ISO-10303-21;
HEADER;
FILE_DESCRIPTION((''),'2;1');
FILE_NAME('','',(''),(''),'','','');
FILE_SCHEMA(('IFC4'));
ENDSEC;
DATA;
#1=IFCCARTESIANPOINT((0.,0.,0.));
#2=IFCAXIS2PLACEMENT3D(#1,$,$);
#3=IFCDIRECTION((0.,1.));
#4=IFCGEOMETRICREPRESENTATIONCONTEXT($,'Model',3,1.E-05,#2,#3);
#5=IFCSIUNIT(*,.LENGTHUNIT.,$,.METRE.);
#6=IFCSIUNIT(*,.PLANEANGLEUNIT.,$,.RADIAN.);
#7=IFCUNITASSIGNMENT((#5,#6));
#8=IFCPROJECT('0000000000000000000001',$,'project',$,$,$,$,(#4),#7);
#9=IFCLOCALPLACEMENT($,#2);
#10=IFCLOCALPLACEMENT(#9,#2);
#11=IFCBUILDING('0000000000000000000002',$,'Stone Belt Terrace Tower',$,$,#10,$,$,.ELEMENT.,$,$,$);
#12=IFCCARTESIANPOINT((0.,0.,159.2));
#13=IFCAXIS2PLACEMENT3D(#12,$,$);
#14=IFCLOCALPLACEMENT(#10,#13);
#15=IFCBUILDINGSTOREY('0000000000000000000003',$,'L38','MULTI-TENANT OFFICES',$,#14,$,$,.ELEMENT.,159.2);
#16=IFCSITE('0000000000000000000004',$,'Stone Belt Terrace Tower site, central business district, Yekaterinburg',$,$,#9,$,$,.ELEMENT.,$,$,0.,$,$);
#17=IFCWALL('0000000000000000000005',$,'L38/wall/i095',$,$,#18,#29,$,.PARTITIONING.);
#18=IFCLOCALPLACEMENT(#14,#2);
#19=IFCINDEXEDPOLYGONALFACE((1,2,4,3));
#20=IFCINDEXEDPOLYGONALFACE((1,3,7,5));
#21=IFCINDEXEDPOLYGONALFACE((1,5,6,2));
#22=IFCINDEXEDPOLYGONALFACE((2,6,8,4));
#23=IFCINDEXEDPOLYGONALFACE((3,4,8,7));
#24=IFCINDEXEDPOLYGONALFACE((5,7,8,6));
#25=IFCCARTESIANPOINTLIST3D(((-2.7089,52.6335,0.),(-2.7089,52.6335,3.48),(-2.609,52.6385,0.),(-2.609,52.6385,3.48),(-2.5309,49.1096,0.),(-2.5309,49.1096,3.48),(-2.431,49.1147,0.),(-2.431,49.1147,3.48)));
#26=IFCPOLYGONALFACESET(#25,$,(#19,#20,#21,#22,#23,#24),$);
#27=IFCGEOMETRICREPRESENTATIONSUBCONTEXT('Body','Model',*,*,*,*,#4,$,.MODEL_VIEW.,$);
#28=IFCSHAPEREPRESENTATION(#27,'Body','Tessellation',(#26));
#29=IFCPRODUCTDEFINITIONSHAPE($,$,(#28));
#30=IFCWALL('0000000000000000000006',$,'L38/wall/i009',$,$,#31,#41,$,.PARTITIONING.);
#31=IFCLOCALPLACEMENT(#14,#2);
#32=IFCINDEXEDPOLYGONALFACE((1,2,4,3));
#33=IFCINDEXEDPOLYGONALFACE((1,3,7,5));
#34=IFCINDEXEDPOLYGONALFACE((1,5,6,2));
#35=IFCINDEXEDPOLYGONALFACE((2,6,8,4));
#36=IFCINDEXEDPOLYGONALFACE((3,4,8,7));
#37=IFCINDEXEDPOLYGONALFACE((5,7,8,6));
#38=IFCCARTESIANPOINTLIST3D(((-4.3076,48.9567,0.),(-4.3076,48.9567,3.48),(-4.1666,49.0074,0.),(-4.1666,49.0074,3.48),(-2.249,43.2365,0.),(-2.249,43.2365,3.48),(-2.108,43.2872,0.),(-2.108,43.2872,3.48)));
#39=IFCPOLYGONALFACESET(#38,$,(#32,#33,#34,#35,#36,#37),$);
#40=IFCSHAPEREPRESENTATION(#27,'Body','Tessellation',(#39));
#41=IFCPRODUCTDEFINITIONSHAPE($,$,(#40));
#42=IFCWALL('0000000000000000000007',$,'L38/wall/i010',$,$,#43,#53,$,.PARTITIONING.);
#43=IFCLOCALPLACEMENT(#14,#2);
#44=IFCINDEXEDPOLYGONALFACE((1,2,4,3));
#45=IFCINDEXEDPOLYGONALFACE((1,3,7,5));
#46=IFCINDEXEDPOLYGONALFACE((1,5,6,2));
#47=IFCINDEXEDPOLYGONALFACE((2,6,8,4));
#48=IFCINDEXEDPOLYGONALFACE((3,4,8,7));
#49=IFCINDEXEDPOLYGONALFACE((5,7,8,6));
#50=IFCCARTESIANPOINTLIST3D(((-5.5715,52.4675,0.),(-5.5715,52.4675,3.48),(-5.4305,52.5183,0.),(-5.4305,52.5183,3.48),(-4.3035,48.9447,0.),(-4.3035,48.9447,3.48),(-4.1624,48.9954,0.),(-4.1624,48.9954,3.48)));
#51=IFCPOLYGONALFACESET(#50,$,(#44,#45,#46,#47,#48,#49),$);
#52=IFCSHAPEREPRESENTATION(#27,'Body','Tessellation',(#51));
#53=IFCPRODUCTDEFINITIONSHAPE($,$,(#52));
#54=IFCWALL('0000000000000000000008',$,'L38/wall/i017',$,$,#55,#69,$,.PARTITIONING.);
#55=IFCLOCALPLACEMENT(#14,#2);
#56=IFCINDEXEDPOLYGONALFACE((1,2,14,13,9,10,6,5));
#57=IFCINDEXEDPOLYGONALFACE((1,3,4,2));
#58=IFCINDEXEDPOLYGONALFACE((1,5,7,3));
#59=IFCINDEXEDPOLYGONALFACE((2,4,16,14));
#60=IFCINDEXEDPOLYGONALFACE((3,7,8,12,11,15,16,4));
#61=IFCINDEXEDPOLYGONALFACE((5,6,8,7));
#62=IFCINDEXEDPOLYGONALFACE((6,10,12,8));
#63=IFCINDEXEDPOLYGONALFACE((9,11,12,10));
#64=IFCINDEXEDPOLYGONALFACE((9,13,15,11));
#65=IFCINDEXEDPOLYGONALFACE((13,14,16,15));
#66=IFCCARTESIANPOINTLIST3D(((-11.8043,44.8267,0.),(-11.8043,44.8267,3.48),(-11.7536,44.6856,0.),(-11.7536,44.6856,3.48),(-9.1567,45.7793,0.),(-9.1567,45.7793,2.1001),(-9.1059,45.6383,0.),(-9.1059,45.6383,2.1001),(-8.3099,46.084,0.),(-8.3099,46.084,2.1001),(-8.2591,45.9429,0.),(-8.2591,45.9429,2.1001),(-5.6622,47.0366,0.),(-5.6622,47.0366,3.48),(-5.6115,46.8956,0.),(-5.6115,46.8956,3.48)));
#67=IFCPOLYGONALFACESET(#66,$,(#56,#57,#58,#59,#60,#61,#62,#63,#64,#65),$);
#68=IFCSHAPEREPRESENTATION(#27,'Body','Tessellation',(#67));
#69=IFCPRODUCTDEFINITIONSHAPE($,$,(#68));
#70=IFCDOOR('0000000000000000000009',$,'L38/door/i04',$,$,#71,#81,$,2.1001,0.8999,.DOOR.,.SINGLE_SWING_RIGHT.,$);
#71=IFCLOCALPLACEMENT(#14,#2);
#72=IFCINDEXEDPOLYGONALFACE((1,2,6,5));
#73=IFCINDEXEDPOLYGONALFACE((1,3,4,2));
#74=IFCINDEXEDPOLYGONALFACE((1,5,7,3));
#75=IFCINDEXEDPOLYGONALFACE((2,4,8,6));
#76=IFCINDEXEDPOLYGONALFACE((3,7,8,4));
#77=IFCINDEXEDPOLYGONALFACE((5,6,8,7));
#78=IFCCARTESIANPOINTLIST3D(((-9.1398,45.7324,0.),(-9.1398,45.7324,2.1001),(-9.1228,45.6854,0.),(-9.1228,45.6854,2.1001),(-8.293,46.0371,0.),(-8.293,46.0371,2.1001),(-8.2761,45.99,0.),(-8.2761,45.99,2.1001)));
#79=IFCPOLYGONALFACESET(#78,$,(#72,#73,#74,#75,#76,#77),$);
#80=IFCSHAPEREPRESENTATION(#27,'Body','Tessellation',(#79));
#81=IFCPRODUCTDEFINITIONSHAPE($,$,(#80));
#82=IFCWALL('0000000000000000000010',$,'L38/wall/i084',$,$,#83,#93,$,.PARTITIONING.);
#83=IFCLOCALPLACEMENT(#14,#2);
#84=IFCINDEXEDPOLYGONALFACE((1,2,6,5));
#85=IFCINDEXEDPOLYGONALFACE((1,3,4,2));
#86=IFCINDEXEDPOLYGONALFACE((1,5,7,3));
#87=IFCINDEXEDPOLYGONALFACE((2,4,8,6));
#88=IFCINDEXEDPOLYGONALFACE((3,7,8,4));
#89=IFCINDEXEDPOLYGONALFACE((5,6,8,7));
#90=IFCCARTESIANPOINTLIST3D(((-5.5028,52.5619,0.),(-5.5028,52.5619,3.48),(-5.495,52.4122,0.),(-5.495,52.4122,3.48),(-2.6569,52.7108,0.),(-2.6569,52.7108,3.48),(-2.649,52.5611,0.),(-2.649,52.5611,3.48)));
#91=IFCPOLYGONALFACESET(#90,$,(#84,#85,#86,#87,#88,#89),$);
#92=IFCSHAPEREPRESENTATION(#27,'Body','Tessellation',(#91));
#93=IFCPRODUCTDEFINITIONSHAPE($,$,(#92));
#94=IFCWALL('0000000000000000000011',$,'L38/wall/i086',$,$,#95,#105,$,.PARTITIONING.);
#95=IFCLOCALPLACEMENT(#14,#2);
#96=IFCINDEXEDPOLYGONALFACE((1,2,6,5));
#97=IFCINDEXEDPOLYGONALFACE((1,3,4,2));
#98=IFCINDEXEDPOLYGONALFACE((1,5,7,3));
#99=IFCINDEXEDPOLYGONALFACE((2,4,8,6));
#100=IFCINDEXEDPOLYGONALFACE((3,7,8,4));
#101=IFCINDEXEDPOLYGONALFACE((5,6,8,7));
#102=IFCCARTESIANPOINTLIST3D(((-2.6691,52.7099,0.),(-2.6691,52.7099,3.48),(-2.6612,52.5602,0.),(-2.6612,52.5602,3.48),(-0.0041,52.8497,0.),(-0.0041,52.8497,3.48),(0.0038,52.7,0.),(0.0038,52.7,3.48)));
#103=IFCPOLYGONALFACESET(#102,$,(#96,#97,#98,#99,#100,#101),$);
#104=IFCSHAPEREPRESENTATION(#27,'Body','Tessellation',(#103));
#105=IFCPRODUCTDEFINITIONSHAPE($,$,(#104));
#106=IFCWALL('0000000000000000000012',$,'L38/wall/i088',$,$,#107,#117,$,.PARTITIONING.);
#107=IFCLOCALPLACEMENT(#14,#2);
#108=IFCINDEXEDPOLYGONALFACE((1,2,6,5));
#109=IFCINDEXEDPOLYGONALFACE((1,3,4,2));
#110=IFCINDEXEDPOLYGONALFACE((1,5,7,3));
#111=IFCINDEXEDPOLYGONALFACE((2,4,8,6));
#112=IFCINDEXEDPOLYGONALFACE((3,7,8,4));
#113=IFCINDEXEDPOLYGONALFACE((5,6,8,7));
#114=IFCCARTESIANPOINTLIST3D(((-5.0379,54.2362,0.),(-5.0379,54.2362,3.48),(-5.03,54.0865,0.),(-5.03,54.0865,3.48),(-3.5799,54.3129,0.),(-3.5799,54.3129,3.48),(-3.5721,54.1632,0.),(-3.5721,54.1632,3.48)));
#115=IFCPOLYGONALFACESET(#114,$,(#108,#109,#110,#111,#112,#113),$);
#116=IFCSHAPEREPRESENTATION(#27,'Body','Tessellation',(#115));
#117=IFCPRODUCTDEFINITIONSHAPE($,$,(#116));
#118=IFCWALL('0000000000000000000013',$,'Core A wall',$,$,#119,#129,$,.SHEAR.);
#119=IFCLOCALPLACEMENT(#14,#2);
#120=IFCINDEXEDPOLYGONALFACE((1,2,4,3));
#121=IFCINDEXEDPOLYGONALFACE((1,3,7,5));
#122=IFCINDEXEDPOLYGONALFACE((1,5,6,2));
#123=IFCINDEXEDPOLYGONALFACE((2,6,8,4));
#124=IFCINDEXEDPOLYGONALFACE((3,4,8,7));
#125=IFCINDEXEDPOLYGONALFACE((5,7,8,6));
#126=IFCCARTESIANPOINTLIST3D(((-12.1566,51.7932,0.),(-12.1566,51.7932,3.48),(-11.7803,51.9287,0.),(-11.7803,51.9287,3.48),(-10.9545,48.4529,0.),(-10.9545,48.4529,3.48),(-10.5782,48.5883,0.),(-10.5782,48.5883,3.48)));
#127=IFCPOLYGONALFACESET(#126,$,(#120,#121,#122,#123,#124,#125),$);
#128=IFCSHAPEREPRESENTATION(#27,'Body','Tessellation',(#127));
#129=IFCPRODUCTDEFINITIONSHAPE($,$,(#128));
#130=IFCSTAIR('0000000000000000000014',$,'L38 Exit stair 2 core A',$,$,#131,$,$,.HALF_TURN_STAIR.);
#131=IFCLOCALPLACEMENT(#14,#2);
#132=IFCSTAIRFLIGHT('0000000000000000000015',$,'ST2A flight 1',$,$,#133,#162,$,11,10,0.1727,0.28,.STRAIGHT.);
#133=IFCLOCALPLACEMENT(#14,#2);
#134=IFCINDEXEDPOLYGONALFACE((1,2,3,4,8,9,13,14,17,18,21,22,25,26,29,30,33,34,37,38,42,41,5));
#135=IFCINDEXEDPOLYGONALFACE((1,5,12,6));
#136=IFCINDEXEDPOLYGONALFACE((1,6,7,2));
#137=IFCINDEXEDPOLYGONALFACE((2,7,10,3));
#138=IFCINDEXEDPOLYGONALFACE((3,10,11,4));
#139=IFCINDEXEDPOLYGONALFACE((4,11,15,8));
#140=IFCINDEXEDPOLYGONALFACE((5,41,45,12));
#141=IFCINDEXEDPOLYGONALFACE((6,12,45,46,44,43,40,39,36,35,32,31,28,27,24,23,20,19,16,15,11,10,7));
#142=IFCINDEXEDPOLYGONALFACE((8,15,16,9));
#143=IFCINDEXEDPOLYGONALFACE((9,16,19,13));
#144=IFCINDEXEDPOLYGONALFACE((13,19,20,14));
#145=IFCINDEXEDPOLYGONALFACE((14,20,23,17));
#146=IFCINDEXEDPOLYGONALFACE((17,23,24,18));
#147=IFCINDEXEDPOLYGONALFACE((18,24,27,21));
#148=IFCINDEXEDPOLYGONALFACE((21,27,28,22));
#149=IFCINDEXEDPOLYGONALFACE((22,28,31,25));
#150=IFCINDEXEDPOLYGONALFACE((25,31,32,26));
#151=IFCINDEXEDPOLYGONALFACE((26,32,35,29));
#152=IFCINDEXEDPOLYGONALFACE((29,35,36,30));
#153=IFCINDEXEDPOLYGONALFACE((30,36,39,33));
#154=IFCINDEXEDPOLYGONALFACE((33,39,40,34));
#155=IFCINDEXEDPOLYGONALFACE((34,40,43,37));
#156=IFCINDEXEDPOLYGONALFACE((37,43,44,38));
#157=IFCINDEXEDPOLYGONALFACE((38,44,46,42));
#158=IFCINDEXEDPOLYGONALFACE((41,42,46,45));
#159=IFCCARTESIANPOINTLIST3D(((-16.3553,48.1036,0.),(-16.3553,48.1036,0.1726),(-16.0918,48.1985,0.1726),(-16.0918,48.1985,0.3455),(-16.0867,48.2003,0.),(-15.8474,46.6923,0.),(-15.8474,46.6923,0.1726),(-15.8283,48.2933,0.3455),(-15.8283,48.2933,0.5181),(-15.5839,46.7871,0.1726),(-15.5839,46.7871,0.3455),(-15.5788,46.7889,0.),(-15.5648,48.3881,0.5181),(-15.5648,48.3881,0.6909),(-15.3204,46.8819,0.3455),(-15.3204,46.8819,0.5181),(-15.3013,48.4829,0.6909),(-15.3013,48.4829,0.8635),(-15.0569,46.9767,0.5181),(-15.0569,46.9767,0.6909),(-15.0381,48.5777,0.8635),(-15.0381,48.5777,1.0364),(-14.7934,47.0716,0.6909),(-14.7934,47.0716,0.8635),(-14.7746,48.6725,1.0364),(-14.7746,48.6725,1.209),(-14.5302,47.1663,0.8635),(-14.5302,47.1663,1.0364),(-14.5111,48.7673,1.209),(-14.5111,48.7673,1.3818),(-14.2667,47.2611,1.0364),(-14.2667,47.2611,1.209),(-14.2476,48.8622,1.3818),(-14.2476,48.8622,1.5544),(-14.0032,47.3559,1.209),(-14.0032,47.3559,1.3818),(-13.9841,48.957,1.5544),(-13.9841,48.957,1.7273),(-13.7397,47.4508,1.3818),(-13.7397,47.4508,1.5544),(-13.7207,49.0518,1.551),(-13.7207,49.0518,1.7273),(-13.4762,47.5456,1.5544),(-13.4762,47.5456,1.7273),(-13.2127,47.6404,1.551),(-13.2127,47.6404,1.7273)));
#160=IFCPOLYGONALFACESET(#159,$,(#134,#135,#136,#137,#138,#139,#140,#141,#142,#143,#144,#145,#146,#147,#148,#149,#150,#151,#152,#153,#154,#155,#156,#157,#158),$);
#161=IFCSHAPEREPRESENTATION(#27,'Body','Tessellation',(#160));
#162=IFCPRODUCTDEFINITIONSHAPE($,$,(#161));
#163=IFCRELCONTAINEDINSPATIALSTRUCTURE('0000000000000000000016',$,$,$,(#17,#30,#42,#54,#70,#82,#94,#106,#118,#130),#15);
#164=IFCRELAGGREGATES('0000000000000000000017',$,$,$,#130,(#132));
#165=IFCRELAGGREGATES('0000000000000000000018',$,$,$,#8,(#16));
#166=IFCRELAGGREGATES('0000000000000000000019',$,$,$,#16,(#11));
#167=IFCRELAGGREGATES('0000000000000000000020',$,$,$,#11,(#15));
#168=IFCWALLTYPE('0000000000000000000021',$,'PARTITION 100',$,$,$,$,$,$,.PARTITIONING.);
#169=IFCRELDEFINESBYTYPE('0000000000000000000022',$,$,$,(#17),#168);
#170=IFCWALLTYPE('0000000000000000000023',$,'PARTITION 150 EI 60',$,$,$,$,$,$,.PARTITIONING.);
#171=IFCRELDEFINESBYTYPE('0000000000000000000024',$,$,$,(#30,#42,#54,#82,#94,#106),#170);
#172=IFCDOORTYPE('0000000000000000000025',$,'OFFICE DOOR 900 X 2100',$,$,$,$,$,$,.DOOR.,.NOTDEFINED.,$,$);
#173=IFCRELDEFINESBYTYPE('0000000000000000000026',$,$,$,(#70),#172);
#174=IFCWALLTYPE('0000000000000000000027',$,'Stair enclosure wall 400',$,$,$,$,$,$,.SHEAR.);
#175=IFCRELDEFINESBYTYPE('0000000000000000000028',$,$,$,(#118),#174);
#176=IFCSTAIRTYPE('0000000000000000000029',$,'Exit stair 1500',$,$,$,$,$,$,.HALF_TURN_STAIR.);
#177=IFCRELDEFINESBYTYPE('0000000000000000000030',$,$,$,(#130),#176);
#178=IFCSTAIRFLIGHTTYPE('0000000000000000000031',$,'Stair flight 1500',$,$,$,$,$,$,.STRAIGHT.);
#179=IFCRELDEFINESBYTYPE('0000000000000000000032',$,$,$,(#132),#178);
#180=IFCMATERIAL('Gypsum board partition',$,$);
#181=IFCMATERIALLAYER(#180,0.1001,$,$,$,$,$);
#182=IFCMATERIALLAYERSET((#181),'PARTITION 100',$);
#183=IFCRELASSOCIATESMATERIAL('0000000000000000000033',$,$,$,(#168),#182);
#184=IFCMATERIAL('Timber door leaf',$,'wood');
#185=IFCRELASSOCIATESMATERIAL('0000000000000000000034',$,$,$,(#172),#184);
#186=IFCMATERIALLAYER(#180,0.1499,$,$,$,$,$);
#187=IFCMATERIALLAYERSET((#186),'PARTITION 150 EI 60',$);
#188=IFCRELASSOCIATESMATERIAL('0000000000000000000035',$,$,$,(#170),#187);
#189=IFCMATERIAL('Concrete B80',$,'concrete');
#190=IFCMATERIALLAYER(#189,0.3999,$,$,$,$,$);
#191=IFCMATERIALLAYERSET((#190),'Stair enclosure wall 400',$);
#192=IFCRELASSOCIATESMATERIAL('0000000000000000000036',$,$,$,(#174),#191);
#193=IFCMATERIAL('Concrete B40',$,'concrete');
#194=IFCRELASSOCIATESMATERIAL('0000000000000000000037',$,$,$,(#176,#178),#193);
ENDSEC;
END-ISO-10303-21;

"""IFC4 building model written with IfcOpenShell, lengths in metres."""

from ifc_helpers import new_model, si_unit, direction, frame, frame_2d, origin, place, context, subcontext, project, spatial, polyline, rectangle, outline, extrude, material, layer, layer_set, type_object, element, fill, aggregate, save


model = new_model("IFC4")

# Units and contexts
model_context = context("Model", 3, precision=1e-05, world=origin(), true_north=direction((0.0, 1.0)))
body_context = subcontext(model_context, "Body", "Model", "MODEL_VIEW")
ifc_project = project(units=[si_unit("LENGTHUNIT", "METRE"), si_unit("PLANEANGLEUNIT", "RADIAN")], contexts=[model_context])

# Site, building, storey
site_placement = place(None, origin())
site = spatial("IfcSite", under=ifc_project, at=site_placement, Name="Stone Belt Terrace Tower site, central business district, Yekaterinburg", CompositionType="ELEMENT", RefElevation=0.0)
building_placement = place(site_placement, origin())
building = spatial("IfcBuilding", under=site, at=building_placement, Name="Stone Belt Terrace Tower", CompositionType="ELEMENT")
storey_placement = place(building_placement, frame((0.0, 0.0, 159.2)))
storey = spatial("IfcBuildingStorey", under=building, at=storey_placement, Name="L38", Description="MULTI-TENANT OFFICES", CompositionType="ELEMENT", Elevation=159.2)

# Shared definitions
ifc_material_1 = material(Name="Concrete B80", Category="concrete")
ifc_material_2 = material(Name="Timber door leaf", Category="wood")

# Shared definitions
ifc_material_3 = material(Name="Gypsum board partition")
ifc_layer_1 = layer(ifc_material_3, 0.1001)
ifc_layer_set_1 = layer_set([ifc_layer_1], Name="PARTITION 100")
wall_type_1 = type_object("IfcWallType", Name="PARTITION 100", PredefinedType="PARTITIONING", material=ifc_layer_set_1)
door_type_1 = type_object("IfcDoorType", Name="OFFICE DOOR 900 X 2100", OperationType="NOTDEFINED", PredefinedType="DOOR", material=ifc_material_2)

# Walls
wall_1_placement = place(storey_placement, frame((-2.6589, 52.636, 0.0), z_axis=(0.0, 0.0, 1.0), x_axis=(0.050441, -0.998727, 0.0)))
element("IfcWall", 1, at=wall_1_placement, inside=storey, type_object=wall_type_1, Name="L38/wall/i095", PredefinedType="PARTITIONING", context=body_context, shape_type="SweptSolid", body=[
    extrude(rectangle(XDim=3.5283, YDim=0.1001, at=frame_2d((1.7642, 0.0))), origin(), (0.0, 0.0, 1.0), 3.48),
])
ifc_layer_2 = layer(ifc_material_3, 0.1499)
ifc_layer_set_2 = layer_set([ifc_layer_2], Name="PARTITION 150 EI 60")
wall_type_2 = type_object("IfcWallType", Name="PARTITION 150 EI 60", PredefinedType="PARTITIONING", material=ifc_layer_set_2)
wall_2_placement = place(storey_placement, frame((-4.2371, 48.9819, 0.0), z_axis=(0.0, 0.0, 1.0), x_axis=(0.33862, -0.940923, 0.0)))
element("IfcWall", 2, at=wall_2_placement, inside=storey, type_object=wall_type_2, Name="L38/wall/i009", PredefinedType="PARTITIONING", context=body_context, shape_type="SweptSolid", body=[
    extrude(rectangle(XDim=6.0793, YDim=0.1499, at=frame_2d((3.0396, 0.0))), origin(), (0.0, 0.0, 1.0), 3.48),
])
wall_3_placement = place(storey_placement, frame((-5.501, 52.4929, 0.0), z_axis=(0.0, 0.0, 1.0), x_axis=(0.338673, -0.940904, 0.0)))
element("IfcWall", 3, at=wall_3_placement, inside=storey, type_object=wall_type_2, Name="L38/wall/i010", PredefinedType="PARTITIONING", context=body_context, shape_type="SweptSolid", body=[
    extrude(rectangle(XDim=3.7441, YDim=0.1499, at=frame_2d((1.8721, 0.0))), origin(), (0.0, 0.0, 1.0), 3.48),
])

# Wall, opening, door
wall_4_placement = place(storey_placement, frame((-5.637, 46.9661, 0.0), z_axis=(0.0, 0.0, 1.0), x_axis=(-0.940946, -0.338558, 0.0)))
wall_4 = element("IfcWall", 4, at=wall_4_placement, inside=storey, type_object=wall_type_2, Name="L38/wall/i017", PredefinedType="PARTITIONING", context=body_context, shape_type="SweptSolid", body=[
    extrude(rectangle(XDim=6.5276, YDim=0.1499, at=frame_2d((3.2637, 0.0))), origin(), (0.0, 0.0, 1.0), 3.48),
])
opening_1_placement = place(wall_4_placement, frame((2.8137, 0.0, 0.0)))
opening_1 = element("IfcOpeningElement", 5, at=opening_1_placement, cuts=wall_4, PredefinedType="OPENING", context=body_context, shape_type="SweptSolid", body=[
    extrude(rectangle(XDim=0.8999, YDim=2.1001, at=frame_2d((0.45, 1.05))), frame((0.0, 0.085, 0.0), z_axis=(0.0, -1.0, 0.0), x_axis=(1.0, 0.0, 0.0)), (0.0, 0.0, 1.0), 0.1699),
])
door_1_placement = place(opening_1_placement, origin())
door_1 = element("IfcDoor", 6, at=door_1_placement, inside=storey, type_object=door_type_1, Name="L38/door/i04", OperationType="SINGLE_SWING_RIGHT", OverallHeight=2.1001, OverallWidth=0.8999, PredefinedType="DOOR", context=body_context, shape_type="SweptSolid", body=[
    extrude(rectangle(XDim=0.8999, YDim=2.1001, at=frame_2d((0.45, 1.05))), frame((0.0, 0.0249, 0.0), z_axis=(0.0, -1.0, 0.0), x_axis=(1.0, 0.0, 0.0)), (0.0, 0.0, 1.0), 0.05),
])
fill(opening_1, door_1)

# Walls
wall_5_placement = place(storey_placement, frame((-2.6531, 52.636, 0.0), z_axis=(0.0, 0.0, 1.0), x_axis=(-0.998634, -0.052258, 0.0)))
element("IfcWall", 7, at=wall_5_placement, inside=storey, type_object=wall_type_2, Name="L38/wall/i084", PredefinedType="PARTITIONING", context=body_context, shape_type="SweptSolid", body=[
    extrude(rectangle(XDim=2.8499, YDim=0.1499, at=frame_2d((1.4248, 0.0))), origin(), (0.0, 0.0, 1.0), 3.48),
])
wall_6_placement = place(storey_placement, frame((0.0, 52.7749, 0.0), z_axis=(0.0, 0.0, 1.0), x_axis=(-0.998625, -0.05242, 0.0)))
element("IfcWall", 8, at=wall_6_placement, inside=storey, type_object=wall_type_2, Name="L38/wall/i086", PredefinedType="PARTITIONING", context=body_context, shape_type="SweptSolid", body=[
    extrude(rectangle(XDim=2.6687, YDim=0.1499, at=frame_2d((1.3345, 0.0))), origin(), (0.0, 0.0, 1.0), 3.48),
])
wall_7_placement = place(storey_placement, frame((-5.0339, 54.1614, 0.0), z_axis=(0.0, 0.0, 1.0), x_axis=(0.998621, 0.052506, 0.0)))
element("IfcWall", 9, at=wall_7_placement, inside=storey, type_object=wall_type_2, Name="L38/wall/i088", PredefinedType="PARTITIONING", context=body_context, shape_type="SweptSolid", body=[
    extrude(rectangle(XDim=1.46, YDim=0.1499, at=frame_2d((0.73, 0.0))), origin(), (0.0, 0.0, 1.0), 3.48),
])
ifc_layer_3 = layer(ifc_material_1, 0.3999)
ifc_layer_set_3 = layer_set([ifc_layer_3], Name="Stair enclosure wall 400")
wall_type_3 = type_object("IfcWallType", Name="Stair enclosure wall 400", PredefinedType="SHEAR", material=ifc_layer_set_3)
wall_8_placement = place(storey_placement, frame((-10.7664, 48.5208, 0.0), z_axis=(0.0, 0.0, 1.0), x_axis=(-0.338627, 0.940921, 0.0)))
element("IfcWall", 10, at=wall_8_placement, inside=storey, type_object=wall_type_3, Name="Core A wall", PredefinedType="SHEAR", context=body_context, shape_type="SweptSolid", body=[
    extrude(rectangle(XDim=3.55, YDim=0.3999, at=frame_2d((1.7749, 0.0))), origin(), (0.0, 0.0, 1.0), 3.48),
])

# Stair, stair flight
ifc_material_4 = material(Name="Concrete B40", Category="concrete")
stair_type = type_object("IfcStairType", Name="Exit stair 1500", PredefinedType="HALF_TURN_STAIR", material=ifc_material_4)
stair_placement = place(storey_placement, origin())
stair = element("IfcStair", 11, at=stair_placement, inside=storey, type_object=stair_type, Name="L38 Exit stair 2 core A", PredefinedType="HALF_TURN_STAIR")
stair_flight_type = type_object("IfcStairFlightType", Name="Stair flight 1500", PredefinedType="STRAIGHT", material=ifc_material_4)
stair_flight_1_placement = place(storey_placement, frame((-16.1013, 47.3979, 0.0), z_axis=(0.0, 0.0, 1.0), x_axis=(0.940922, 0.338624, 0.0)))
stair_flight_1 = element("IfcStairFlight", 12, at=stair_flight_1_placement, type_object=stair_flight_type, Name="ST2A flight 1", NumberOfRisers=11, NumberOfTreads=10, PredefinedType="STRAIGHT", RiserHeight=0.1727, TreadLength=0.28, context=body_context, shape_type="SweptSolid", body=[
    extrude(outline(polyline([(0.0, 0.0), (0.0, 0.1726), (0.28, 0.1726), (0.28, 0.3455), (0.5601, 0.3455), (0.5601, 0.5181), (0.8401, 0.5181), (0.8401, 0.6909), (1.1201, 0.6909), (1.1201, 0.8635), (1.3999, 0.8635), (1.3999, 1.0364), (1.6799, 1.0364), (1.6799, 1.209), (1.96, 1.209), (1.96, 1.3818), (2.24, 1.3818), (2.24, 1.5544), (2.52, 1.5544), (2.52, 1.7273), (2.8, 1.7273), (2.8, 1.8999), (2.8, 1.551), (0.2854, 0.0), (0.0, 0.0)])), frame((0.0, 0.75, 0.0), z_axis=(0.0, -1.0, 0.0), x_axis=(1.0, 0.0, 0.0)), (0.0, 0.0, 1.0), 1.5),
])
aggregate(stair, [stair_flight_1])

save(model, "model.ifc")
